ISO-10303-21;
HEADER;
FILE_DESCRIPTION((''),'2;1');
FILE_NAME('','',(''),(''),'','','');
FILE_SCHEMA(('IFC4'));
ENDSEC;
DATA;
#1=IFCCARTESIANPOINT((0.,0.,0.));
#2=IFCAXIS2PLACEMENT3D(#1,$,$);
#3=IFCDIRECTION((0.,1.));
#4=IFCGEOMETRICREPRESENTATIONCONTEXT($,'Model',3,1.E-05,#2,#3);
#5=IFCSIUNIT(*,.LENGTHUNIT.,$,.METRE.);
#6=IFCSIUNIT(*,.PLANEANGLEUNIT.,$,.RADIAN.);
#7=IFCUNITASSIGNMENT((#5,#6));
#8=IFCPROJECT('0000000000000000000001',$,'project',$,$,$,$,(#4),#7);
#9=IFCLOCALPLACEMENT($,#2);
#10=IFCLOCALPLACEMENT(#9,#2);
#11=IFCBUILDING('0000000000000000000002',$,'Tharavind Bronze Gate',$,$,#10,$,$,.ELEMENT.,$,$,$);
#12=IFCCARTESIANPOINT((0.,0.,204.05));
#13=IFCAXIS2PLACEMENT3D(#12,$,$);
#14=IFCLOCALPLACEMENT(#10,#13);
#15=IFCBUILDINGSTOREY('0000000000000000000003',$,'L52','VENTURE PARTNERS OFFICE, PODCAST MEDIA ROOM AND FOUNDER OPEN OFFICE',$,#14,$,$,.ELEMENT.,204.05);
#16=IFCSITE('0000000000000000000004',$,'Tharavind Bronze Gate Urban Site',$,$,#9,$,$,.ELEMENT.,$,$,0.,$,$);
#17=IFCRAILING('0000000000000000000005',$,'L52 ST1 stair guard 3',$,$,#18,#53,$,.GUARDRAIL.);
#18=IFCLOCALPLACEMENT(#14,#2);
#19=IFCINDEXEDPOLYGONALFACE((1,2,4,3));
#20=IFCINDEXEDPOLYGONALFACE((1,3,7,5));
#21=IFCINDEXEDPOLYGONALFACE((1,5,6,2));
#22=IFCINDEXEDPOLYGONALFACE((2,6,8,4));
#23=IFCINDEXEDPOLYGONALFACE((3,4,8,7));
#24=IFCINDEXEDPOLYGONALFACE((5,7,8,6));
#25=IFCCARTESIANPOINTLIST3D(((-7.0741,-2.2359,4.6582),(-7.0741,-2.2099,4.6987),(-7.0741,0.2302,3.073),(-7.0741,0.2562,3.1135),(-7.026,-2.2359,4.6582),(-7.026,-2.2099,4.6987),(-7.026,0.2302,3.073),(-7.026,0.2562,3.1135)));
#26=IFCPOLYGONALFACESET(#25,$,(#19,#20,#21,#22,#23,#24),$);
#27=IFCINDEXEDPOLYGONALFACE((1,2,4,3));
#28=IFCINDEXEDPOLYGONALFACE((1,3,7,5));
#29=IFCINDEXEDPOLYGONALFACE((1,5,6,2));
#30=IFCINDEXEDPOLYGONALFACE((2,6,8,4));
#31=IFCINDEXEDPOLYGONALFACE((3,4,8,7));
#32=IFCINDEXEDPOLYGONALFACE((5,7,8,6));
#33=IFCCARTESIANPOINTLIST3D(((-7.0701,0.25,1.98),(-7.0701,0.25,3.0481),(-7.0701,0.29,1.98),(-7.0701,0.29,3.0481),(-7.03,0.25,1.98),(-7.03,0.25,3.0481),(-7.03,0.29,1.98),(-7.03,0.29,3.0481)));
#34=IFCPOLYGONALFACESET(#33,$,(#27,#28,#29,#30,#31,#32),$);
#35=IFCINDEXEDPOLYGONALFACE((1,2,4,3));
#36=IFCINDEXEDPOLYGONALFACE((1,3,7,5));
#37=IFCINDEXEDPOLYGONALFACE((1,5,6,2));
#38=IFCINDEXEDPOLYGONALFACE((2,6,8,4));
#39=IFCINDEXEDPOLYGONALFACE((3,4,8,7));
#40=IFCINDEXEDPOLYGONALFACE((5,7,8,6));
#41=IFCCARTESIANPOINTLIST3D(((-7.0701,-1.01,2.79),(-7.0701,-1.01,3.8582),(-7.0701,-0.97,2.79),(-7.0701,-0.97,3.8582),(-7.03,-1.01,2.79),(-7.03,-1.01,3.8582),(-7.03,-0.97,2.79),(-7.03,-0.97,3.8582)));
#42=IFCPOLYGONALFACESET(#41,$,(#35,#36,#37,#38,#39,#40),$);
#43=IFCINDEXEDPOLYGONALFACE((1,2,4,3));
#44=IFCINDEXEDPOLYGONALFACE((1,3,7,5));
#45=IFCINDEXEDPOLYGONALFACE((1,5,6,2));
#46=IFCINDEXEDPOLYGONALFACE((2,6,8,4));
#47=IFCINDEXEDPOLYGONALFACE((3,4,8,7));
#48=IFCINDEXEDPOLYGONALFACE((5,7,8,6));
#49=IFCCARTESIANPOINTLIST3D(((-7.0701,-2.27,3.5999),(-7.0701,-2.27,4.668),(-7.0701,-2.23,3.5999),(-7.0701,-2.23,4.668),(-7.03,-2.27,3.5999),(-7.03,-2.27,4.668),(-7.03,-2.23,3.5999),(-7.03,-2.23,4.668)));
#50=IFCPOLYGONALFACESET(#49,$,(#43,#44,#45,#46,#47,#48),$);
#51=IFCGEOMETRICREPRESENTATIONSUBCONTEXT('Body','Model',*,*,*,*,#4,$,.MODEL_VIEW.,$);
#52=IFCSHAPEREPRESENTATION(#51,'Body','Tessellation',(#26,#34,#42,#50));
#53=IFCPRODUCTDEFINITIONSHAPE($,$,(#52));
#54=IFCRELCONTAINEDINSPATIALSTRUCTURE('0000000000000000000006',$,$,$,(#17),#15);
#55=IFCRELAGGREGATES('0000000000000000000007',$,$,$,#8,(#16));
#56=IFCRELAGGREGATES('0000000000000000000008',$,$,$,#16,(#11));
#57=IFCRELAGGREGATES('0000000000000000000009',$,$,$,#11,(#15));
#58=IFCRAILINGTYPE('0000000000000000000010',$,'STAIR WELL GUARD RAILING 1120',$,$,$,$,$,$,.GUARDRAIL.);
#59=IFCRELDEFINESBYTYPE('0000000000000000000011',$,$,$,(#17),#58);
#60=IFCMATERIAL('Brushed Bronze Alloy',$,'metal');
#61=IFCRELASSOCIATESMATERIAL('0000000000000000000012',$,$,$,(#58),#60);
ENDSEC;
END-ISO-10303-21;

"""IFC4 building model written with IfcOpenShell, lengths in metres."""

from ifc_helpers import new_model, si_unit, direction, frame, origin, origin_2d, place, context, subcontext, project, spatial, rectangle, extrude, material, type_object, element, save


model = new_model("IFC4")

# Units and contexts
model_context = context("Model", 3, precision=1e-05, world=origin(), true_north=direction((0.0, 1.0)))
body_context = subcontext(model_context, "Body", "Model", "MODEL_VIEW")
ifc_project = project(units=[si_unit("LENGTHUNIT", "METRE"), si_unit("PLANEANGLEUNIT", "RADIAN")], contexts=[model_context])

# Site, building, storey
site_placement = place(None, origin())
site = spatial("IfcSite", under=ifc_project, at=site_placement, Name="Tharavind Bronze Gate Urban Site", CompositionType="ELEMENT", RefElevation=0.0)
building_placement = place(site_placement, origin())
building = spatial("IfcBuilding", under=site, at=building_placement, Name="Tharavind Bronze Gate", CompositionType="ELEMENT")
storey_placement = place(building_placement, frame((0.0, 0.0, 204.05)))
storey = spatial("IfcBuildingStorey", under=building, at=storey_placement, Name="L52", Description="VENTURE PARTNERS OFFICE, PODCAST MEDIA ROOM AND FOUNDER OPEN OFFICE", CompositionType="ELEMENT", Elevation=204.05)

# Railing
ifc_material_1 = material(Name="Brushed Bronze Alloy", Category="metal")
railing_type_1 = type_object("IfcRailingType", Name="STAIR WELL GUARD RAILING 1120", PredefinedType="GUARDRAIL", material=ifc_material_1)
railing_1_placement = place(storey_placement, frame((-7.05, 0.27, 1.98)))
element("IfcRailing", 1, at=railing_1_placement, inside=storey, type_object=railing_type_1, Name="L52 ST1 stair guard 3", PredefinedType="GUARDRAIL", context=body_context, shape_type="SweptSolid", body=[
    extrude(rectangle(XDim=0.0481, YDim=0.0481, at=origin_2d()), frame((0.0, -0.0269, 1.1133), z_axis=(0.0, -0.8412, 0.540725), x_axis=(1.0, 0.0, 0.0)), (0.0, 0.0, 1.0), 2.9316),
    extrude(rectangle(XDim=0.04, YDim=0.04, at=origin_2d()), origin(), (0.0, 0.0, 1.0), 1.0681),
    extrude(rectangle(XDim=0.04, YDim=0.04, at=origin_2d()), frame((0.0, -1.26, 0.8101)), (0.0, 0.0, 1.0), 1.0681),
    extrude(rectangle(XDim=0.04, YDim=0.04, at=origin_2d()), frame((0.0, -2.52, 1.6199)), (0.0, 0.0, 1.0), 1.0681),
])

save(model, "model.ifc")
